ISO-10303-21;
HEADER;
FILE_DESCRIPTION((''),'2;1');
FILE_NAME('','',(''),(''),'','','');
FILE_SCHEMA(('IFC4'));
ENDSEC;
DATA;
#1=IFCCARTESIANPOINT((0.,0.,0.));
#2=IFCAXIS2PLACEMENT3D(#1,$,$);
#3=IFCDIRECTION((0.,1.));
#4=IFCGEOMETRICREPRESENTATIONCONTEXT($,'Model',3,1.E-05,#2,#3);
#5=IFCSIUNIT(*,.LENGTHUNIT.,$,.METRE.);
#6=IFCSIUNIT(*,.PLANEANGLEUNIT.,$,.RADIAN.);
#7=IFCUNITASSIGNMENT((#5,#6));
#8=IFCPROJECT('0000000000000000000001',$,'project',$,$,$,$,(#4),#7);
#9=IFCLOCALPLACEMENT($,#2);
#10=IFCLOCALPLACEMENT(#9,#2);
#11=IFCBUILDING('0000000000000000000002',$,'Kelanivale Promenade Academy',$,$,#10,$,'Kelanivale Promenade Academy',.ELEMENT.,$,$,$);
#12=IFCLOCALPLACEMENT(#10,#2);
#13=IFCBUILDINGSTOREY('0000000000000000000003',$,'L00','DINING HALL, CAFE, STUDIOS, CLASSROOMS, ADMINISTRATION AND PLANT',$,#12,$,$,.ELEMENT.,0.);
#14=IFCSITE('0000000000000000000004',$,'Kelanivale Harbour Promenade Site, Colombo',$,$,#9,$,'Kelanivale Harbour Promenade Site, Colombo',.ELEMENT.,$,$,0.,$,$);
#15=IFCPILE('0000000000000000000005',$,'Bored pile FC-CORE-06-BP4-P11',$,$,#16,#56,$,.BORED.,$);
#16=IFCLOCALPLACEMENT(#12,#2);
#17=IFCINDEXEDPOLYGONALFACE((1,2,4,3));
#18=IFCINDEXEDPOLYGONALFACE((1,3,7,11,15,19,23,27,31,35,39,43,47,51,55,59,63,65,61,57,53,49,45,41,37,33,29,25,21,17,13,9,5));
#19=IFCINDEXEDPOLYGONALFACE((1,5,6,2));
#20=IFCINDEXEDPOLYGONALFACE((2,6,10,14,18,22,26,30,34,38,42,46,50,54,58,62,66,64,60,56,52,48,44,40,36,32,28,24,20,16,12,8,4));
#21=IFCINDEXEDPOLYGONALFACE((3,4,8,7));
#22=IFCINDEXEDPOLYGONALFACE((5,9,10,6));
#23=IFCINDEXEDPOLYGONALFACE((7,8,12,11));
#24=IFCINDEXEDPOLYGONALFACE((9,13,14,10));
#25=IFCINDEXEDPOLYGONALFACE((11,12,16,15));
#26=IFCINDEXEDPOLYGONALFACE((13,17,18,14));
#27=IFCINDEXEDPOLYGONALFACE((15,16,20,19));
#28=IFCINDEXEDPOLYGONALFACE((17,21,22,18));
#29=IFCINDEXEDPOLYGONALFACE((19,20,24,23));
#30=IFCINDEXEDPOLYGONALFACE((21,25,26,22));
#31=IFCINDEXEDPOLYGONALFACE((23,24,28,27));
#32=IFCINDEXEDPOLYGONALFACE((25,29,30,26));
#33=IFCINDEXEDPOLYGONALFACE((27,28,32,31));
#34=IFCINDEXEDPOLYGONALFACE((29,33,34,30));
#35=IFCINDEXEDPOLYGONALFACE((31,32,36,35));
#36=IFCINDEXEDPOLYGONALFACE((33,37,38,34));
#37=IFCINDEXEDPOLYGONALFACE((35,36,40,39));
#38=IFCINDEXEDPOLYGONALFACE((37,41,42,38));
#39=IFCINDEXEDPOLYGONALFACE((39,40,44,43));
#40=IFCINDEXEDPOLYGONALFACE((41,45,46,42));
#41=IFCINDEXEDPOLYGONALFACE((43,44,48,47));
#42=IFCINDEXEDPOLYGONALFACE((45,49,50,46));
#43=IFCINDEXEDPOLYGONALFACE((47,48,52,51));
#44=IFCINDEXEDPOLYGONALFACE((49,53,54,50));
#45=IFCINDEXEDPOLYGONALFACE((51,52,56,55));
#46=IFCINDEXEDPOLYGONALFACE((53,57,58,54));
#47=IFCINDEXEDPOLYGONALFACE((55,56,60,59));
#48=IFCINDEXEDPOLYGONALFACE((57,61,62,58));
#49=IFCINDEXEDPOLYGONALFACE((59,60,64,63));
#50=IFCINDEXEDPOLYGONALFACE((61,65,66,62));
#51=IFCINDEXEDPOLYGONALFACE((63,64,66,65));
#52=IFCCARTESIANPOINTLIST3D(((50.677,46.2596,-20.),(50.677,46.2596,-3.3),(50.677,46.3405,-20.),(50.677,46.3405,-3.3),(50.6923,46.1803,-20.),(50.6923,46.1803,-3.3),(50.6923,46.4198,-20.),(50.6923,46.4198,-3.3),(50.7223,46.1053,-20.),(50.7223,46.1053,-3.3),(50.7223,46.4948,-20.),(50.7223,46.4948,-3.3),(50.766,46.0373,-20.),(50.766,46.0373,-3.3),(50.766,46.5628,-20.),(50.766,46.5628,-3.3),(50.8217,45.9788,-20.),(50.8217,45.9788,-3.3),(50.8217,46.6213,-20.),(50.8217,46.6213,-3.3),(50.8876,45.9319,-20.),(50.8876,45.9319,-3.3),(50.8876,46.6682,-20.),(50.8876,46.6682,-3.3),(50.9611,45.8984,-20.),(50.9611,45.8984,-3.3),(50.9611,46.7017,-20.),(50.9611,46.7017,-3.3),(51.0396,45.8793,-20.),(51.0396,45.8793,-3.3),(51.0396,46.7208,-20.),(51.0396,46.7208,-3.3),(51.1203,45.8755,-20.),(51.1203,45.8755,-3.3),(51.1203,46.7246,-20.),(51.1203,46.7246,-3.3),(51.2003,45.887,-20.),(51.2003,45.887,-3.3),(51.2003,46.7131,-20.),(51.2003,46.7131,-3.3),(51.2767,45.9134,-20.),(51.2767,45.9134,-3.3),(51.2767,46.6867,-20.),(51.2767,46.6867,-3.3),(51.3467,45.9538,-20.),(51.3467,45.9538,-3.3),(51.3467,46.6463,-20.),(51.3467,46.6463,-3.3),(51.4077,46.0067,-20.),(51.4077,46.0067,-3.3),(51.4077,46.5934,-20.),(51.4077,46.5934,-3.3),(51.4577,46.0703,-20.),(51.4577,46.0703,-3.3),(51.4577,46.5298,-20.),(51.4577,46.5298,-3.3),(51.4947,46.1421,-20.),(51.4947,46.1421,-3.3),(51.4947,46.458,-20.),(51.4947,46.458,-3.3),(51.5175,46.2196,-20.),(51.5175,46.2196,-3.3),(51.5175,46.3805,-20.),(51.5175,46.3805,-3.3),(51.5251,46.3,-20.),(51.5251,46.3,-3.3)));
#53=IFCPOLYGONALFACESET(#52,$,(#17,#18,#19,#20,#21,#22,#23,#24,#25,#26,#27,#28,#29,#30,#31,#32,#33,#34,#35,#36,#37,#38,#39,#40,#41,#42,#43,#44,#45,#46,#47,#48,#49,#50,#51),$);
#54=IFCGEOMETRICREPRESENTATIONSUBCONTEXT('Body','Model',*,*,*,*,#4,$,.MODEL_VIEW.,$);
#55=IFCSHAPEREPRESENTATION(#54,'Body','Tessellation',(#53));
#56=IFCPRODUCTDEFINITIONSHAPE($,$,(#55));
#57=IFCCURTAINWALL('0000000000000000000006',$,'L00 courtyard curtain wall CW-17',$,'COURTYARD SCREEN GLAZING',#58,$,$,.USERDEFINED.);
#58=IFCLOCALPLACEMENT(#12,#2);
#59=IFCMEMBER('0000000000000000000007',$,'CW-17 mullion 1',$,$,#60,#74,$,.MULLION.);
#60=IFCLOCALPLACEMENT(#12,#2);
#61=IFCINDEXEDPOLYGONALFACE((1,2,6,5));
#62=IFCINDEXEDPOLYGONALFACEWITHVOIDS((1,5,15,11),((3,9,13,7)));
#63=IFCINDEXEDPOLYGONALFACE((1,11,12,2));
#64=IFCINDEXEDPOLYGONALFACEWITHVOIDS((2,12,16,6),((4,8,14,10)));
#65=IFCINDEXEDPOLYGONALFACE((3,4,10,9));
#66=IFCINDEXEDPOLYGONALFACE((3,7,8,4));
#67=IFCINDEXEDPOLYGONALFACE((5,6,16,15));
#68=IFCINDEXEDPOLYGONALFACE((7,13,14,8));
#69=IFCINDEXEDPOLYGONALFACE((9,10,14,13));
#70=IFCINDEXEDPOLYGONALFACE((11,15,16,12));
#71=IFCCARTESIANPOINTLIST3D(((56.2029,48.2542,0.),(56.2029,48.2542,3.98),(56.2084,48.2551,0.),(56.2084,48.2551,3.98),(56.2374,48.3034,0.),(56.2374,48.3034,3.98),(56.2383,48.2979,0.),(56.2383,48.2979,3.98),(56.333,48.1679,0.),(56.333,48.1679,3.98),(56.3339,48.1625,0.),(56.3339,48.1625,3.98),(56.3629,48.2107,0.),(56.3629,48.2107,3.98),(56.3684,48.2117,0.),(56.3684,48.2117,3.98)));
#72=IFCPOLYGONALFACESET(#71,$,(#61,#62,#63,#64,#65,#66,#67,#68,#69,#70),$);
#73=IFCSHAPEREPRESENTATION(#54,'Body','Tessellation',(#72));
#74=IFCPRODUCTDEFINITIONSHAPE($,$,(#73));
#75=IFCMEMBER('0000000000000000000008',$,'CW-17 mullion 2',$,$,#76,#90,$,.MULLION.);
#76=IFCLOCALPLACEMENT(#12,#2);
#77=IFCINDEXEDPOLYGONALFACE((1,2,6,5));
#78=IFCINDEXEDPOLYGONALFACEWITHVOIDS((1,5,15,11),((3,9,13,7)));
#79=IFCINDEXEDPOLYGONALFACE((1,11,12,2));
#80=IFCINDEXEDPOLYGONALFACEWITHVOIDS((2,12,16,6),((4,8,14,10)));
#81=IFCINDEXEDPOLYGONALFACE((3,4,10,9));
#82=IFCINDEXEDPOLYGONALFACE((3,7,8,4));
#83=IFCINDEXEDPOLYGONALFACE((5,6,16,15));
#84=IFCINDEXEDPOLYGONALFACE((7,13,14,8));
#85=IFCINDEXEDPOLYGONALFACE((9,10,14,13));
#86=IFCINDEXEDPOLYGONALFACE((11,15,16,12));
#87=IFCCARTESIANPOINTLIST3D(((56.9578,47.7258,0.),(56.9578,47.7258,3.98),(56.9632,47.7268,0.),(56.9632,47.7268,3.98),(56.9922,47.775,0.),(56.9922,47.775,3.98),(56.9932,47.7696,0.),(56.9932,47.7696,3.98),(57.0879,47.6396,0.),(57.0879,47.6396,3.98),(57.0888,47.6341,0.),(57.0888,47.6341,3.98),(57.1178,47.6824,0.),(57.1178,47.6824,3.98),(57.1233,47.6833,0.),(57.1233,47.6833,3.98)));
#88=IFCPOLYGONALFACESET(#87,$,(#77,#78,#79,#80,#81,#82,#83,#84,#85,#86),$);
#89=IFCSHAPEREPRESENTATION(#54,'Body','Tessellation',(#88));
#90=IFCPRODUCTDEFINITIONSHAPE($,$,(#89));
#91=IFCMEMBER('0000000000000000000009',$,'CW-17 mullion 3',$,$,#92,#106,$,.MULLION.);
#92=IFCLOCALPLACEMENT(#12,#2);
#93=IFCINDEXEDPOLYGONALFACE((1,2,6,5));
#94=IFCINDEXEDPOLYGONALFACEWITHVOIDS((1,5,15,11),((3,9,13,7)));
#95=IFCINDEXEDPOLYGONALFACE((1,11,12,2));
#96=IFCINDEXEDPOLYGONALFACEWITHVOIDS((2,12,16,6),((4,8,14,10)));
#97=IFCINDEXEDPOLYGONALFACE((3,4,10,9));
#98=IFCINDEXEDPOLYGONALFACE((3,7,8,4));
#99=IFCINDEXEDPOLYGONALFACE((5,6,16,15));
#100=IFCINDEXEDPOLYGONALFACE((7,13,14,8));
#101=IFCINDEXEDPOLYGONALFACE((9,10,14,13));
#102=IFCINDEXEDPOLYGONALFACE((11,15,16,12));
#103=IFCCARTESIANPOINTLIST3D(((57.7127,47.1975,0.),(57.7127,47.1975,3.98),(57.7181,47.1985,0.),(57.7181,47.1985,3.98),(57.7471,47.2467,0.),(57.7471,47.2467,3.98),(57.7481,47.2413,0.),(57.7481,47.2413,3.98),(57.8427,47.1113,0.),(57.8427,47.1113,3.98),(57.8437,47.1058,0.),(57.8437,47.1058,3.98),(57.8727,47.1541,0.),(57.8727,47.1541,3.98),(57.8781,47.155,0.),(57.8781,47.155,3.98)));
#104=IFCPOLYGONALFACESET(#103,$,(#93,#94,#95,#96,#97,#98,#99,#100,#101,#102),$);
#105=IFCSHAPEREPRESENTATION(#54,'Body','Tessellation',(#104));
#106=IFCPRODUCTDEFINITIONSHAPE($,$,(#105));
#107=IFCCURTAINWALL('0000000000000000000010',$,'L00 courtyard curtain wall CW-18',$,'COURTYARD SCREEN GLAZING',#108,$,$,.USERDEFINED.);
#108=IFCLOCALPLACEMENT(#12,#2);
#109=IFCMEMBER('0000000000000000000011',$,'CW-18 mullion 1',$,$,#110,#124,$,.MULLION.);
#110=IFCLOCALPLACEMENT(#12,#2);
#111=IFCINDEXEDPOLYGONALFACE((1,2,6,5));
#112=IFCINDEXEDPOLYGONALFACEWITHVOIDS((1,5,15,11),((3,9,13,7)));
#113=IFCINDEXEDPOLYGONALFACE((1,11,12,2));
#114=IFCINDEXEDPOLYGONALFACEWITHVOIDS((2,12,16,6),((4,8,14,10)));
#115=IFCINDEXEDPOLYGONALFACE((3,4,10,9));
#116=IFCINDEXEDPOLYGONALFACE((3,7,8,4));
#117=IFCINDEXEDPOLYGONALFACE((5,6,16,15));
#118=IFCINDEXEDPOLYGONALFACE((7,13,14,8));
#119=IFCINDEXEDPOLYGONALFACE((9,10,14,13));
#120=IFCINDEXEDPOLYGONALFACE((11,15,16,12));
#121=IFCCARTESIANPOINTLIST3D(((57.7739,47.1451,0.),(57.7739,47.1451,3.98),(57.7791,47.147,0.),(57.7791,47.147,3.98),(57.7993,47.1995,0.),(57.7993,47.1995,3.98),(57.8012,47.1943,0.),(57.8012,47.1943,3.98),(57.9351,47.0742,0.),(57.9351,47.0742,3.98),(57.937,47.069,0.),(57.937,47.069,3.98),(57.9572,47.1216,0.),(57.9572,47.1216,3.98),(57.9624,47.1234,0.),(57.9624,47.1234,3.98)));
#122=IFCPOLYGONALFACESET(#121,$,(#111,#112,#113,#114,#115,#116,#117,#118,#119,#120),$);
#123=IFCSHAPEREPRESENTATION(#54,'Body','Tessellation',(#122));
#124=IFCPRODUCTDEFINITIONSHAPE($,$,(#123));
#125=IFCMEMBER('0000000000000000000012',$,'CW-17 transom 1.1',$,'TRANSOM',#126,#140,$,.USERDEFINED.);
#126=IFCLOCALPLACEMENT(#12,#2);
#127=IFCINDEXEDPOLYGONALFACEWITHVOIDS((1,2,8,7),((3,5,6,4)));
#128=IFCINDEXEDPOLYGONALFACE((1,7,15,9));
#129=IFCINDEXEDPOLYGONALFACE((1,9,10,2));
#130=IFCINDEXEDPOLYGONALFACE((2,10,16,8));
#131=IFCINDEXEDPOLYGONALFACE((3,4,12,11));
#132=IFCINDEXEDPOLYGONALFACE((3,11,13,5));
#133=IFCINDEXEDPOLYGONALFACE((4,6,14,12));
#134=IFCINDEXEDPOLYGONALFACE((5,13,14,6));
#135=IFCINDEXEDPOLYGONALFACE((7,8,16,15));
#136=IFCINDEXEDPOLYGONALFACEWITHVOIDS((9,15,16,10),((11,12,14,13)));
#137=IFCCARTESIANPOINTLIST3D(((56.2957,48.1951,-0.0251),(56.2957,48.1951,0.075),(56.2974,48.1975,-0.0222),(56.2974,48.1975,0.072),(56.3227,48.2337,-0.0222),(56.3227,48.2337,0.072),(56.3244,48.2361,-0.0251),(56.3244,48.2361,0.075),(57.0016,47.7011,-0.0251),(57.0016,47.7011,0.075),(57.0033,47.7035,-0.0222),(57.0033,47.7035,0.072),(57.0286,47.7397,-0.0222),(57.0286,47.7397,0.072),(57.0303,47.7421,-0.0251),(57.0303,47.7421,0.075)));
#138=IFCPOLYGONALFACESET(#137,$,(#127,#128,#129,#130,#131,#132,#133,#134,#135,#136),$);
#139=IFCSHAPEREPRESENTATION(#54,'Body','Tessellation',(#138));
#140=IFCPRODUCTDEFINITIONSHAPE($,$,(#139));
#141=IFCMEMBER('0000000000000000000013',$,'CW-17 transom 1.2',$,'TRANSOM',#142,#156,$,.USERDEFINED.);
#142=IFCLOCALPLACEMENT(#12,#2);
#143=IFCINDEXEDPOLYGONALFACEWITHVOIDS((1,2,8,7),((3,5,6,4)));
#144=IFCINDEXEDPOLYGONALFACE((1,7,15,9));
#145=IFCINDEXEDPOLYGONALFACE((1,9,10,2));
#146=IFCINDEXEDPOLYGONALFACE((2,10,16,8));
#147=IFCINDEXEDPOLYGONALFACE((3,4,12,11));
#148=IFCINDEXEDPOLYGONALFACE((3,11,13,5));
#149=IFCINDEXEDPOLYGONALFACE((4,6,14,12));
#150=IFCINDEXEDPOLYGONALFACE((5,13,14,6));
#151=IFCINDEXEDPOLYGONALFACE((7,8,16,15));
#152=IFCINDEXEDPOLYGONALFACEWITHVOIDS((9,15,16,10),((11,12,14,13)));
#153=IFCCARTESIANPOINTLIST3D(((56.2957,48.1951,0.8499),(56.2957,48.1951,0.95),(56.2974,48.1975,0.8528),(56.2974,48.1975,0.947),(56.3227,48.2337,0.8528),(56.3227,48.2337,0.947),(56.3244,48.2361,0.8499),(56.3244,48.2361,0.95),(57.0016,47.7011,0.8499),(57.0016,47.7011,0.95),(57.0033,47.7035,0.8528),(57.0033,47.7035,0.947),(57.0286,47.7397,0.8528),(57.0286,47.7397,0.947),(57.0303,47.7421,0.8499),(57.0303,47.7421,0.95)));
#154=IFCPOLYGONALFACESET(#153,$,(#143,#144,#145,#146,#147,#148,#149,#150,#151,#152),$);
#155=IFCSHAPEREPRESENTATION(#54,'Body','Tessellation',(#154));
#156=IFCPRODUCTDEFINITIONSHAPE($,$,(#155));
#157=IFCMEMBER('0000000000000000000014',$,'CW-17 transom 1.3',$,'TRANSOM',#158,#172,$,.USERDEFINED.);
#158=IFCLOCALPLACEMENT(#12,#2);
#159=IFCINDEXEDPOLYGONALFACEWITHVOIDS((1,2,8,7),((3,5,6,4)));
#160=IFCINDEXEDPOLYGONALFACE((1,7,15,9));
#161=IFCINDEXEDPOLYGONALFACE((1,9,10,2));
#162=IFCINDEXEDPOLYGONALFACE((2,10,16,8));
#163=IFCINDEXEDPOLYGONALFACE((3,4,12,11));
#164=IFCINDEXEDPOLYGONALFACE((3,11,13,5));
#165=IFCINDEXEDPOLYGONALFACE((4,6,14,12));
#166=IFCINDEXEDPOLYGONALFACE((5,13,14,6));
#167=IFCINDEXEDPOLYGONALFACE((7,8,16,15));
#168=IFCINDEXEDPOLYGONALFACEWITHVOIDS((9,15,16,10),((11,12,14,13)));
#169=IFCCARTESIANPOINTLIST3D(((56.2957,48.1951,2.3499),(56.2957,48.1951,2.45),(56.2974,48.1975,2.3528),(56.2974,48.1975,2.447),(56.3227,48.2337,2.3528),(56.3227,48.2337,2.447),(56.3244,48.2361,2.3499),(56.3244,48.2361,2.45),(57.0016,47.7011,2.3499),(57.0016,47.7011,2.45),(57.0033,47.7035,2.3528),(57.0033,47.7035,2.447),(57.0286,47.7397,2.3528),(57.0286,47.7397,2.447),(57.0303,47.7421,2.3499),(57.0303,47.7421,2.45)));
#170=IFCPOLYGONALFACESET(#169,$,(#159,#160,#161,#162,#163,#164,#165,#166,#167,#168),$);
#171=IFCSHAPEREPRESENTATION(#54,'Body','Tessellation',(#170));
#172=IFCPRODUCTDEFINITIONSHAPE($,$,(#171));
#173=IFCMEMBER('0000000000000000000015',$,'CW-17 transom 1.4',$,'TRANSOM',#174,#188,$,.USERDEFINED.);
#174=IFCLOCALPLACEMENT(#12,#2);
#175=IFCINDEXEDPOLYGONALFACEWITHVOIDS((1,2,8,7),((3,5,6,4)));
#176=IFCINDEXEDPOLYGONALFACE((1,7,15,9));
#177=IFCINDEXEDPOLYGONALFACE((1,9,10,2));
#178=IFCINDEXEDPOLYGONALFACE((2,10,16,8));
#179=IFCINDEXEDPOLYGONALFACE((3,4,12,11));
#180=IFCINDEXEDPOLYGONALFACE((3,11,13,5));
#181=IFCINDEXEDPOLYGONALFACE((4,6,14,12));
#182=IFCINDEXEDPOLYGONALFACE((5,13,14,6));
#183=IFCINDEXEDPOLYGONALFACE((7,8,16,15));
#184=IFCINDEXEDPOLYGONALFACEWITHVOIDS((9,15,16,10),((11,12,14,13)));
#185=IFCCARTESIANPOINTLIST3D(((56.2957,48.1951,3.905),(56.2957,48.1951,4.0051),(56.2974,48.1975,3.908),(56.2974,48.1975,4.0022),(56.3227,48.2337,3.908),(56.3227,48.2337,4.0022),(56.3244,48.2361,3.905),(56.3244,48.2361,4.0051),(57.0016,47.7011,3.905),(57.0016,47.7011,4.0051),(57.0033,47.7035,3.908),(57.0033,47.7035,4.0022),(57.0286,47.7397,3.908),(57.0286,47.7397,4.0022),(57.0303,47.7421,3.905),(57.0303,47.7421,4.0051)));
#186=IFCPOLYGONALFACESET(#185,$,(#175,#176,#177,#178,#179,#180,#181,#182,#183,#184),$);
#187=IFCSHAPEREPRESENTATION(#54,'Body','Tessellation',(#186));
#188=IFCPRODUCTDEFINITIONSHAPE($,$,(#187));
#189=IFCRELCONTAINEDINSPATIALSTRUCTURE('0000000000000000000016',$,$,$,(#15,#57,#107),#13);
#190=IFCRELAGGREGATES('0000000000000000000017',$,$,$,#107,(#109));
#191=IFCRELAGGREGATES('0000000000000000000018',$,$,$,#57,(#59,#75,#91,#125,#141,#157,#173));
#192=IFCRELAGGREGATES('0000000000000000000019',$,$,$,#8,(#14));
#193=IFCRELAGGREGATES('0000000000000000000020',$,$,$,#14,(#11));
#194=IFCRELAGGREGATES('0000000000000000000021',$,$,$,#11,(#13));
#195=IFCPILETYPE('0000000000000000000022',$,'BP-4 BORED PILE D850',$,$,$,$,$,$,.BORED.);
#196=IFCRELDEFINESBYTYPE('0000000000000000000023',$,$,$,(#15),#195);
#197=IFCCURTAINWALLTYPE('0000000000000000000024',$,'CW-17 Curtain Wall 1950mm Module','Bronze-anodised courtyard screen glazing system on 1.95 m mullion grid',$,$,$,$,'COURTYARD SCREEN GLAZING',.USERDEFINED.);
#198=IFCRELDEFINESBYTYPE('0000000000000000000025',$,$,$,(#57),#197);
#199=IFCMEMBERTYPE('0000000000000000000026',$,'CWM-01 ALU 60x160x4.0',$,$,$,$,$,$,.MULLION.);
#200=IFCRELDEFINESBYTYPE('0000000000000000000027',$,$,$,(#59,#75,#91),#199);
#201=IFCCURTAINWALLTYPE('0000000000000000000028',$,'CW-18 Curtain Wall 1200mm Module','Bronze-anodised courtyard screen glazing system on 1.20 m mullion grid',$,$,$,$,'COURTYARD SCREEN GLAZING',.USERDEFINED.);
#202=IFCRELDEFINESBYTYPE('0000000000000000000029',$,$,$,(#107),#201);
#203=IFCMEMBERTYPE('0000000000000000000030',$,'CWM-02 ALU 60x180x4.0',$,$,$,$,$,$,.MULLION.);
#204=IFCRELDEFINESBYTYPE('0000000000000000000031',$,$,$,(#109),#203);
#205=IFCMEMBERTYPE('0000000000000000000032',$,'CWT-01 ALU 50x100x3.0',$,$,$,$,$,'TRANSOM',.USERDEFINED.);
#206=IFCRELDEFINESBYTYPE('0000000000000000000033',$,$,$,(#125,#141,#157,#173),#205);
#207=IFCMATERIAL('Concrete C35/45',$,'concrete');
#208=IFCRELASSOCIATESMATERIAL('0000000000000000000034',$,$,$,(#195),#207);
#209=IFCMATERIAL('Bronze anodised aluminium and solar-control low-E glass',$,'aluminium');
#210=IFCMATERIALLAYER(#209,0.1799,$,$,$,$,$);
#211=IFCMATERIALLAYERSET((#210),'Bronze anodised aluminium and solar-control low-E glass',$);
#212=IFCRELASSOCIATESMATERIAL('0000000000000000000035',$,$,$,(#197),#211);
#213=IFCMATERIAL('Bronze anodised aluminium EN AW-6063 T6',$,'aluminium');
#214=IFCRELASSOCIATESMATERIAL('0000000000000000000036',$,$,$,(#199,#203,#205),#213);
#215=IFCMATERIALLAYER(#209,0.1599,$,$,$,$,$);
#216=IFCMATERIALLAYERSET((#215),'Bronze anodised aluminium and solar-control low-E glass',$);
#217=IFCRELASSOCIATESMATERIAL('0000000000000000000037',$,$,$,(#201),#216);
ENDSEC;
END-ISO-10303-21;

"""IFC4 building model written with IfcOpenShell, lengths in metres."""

from ifc_helpers import new_model, si_unit, direction, frame, origin, origin_2d, place, context, subcontext, project, spatial, hollow_rectangle, circle, extrude, material, layer, layer_set, material_profile, profile_set, type_object, element, aggregate, save


model = new_model("IFC4")

# Units and contexts
model_context = context("Model", 3, precision=1e-05, world=origin(), true_north=direction((0.0, 1.0)))
body_context = subcontext(model_context, "Body", "Model", "MODEL_VIEW")
ifc_project = project(units=[si_unit("LENGTHUNIT", "METRE"), si_unit("PLANEANGLEUNIT", "RADIAN")], contexts=[model_context])

# Site, building, storey
site_placement = place(None, origin())
site = spatial("IfcSite", under=ifc_project, at=site_placement, Name="Kelanivale Harbour Promenade Site, Colombo", LongName="Kelanivale Harbour Promenade Site, Colombo", CompositionType="ELEMENT", RefElevation=0.0)
building_placement = place(site_placement, origin())
building = spatial("IfcBuilding", under=site, at=building_placement, Name="Kelanivale Promenade Academy", LongName="Kelanivale Promenade Academy", CompositionType="ELEMENT")
storey_placement = place(building_placement, origin())
storey = spatial("IfcBuildingStorey", under=building, at=storey_placement, Name="L00", Description="DINING HALL, CAFE, STUDIOS, CLASSROOMS, ADMINISTRATION AND PLANT", CompositionType="ELEMENT", Elevation=0.0)

# Pile
ifc_material_1 = material(Name="Concrete C35/45", Category="concrete")
ifc_material_profile_1 = material_profile(ifc_material_1, circle(Radius=0.425, at=origin_2d()), Name="BORED PILE D850")
ifc_profile_set_1 = profile_set([ifc_material_profile_1], Name="Concrete C35/45")
pile_type = type_object("IfcPileType", Name="BP-4 BORED PILE D850", PredefinedType="BORED", material=ifc_profile_set_1)
pile_placement = place(storey_placement, frame((51.1001, 46.3, -3.3), z_axis=(0.0, 0.0, -1.0), x_axis=(1.0, 0.0, 0.0)))
element("IfcPile", 1, at=pile_placement, inside=storey, type_object=pile_type, Name="Bored pile FC-CORE-06-BP4-P11", PredefinedType="BORED", context=body_context, shape_type="SweptSolid", body=[
    extrude(circle(Radius=0.425, at=origin_2d()), origin(), (0.0, 0.0, 1.0), 16.7),
])

# Curtain wall, members
ifc_material_2 = material(Name="Bronze anodised aluminium and solar-control low-E glass", Category="aluminium")
ifc_layer_1 = layer(ifc_material_2, 0.1799)
ifc_layer_set_1 = layer_set([ifc_layer_1], Name="Bronze anodised aluminium and solar-control low-E glass")
curtain_wall_type_1 = type_object("IfcCurtainWallType", Name="CW-17 Curtain Wall 1950mm Module", Description="Bronze-anodised courtyard screen glazing system on 1.95 m mullion grid", ElementType="COURTYARD SCREEN GLAZING", PredefinedType="USERDEFINED", material=ifc_layer_set_1)
curtain_wall_1_placement = place(storey_placement, origin())
curtain_wall_1 = element("IfcCurtainWall", 2, at=curtain_wall_1_placement, inside=storey, type_object=curtain_wall_type_1, Name="L00 courtyard curtain wall CW-17", ObjectType="COURTYARD SCREEN GLAZING", PredefinedType="USERDEFINED")
ifc_material_3 = material(Name="Bronze anodised aluminium EN AW-6063 T6", Category="aluminium")
ifc_material_profile_2 = material_profile(ifc_material_3, hollow_rectangle(XDim=0.0601, YDim=0.1599, WallThickness=0.0039, at=origin_2d()), Name="ALU 60x160x4.0")
ifc_profile_set_2 = profile_set([ifc_material_profile_2], Name="Bronze anodised aluminium EN AW-6063 T6")
member_type_1 = type_object("IfcMemberType", Name="CWM-01 ALU 60x160x4.0", PredefinedType="MULLION", material=ifc_profile_set_2)
member_1_placement = place(storey_placement, frame((56.2856, 48.2329, 0.0), z_axis=(0.0, 0.0, 1.0), x_axis=(0.573357, 0.819306, 0.0)))
member_1 = element("IfcMember", 3, at=member_1_placement, type_object=member_type_1, Name="CW-17 mullion 1", PredefinedType="MULLION", context=body_context, shape_type="SweptSolid", body=[
    extrude(hollow_rectangle(XDim=0.0601, YDim=0.1599, WallThickness=0.0039, at=origin_2d()), origin(), (0.0, 0.0, 1.0), 3.98),
])
member_2_placement = place(storey_placement, frame((57.0405, 47.7046, 0.0), z_axis=(0.0, 0.0, 1.0), x_axis=(0.573357, 0.819306, 0.0)))
member_2 = element("IfcMember", 4, at=member_2_placement, type_object=member_type_1, Name="CW-17 mullion 2", PredefinedType="MULLION", context=body_context, shape_type="SweptSolid", body=[
    extrude(hollow_rectangle(XDim=0.0601, YDim=0.1599, WallThickness=0.0039, at=origin_2d()), origin(), (0.0, 0.0, 1.0), 3.98),
])
member_3_placement = place(storey_placement, frame((57.7954, 47.1763, 0.0), z_axis=(0.0, 0.0, 1.0), x_axis=(0.573357, 0.819306, 0.0)))
member_3 = element("IfcMember", 5, at=member_3_placement, type_object=member_type_1, Name="CW-17 mullion 3", PredefinedType="MULLION", context=body_context, shape_type="SweptSolid", body=[
    extrude(hollow_rectangle(XDim=0.0601, YDim=0.1599, WallThickness=0.0039, at=origin_2d()), origin(), (0.0, 0.0, 1.0), 3.98),
])

# Curtain wall, member
ifc_layer_2 = layer(ifc_material_2, 0.1599)
ifc_layer_set_2 = layer_set([ifc_layer_2], Name="Bronze anodised aluminium and solar-control low-E glass")
curtain_wall_type_2 = type_object("IfcCurtainWallType", Name="CW-18 Curtain Wall 1200mm Module", Description="Bronze-anodised courtyard screen glazing system on 1.20 m mullion grid", ElementType="COURTYARD SCREEN GLAZING", PredefinedType="USERDEFINED", material=ifc_layer_set_2)
curtain_wall_2_placement = place(storey_placement, origin())
curtain_wall_2 = element("IfcCurtainWall", 6, at=curtain_wall_2_placement, inside=storey, type_object=curtain_wall_type_2, Name="L00 courtyard curtain wall CW-18", ObjectType="COURTYARD SCREEN GLAZING", PredefinedType="USERDEFINED")
ifc_material_profile_3 = material_profile(ifc_material_3, hollow_rectangle(XDim=0.0601, YDim=0.1799, WallThickness=0.0039, at=origin_2d()), Name="ALU 60x180x4.0")
ifc_profile_set_3 = profile_set([ifc_material_profile_3], Name="Bronze anodised aluminium EN AW-6063 T6")
member_type_2 = type_object("IfcMemberType", Name="CWM-02 ALU 60x180x4.0", PredefinedType="MULLION", material=ifc_profile_set_3)
member_4_placement = place(storey_placement, frame((57.8682, 47.1343, 0.0), z_axis=(0.0, 0.0, 1.0), x_axis=(0.422857, 0.906196, 0.0)))
member_4 = element("IfcMember", 7, at=member_4_placement, type_object=member_type_2, Name="CW-18 mullion 1", PredefinedType="MULLION", context=body_context, shape_type="SweptSolid", body=[
    extrude(hollow_rectangle(XDim=0.0601, YDim=0.1799, WallThickness=0.0039, at=origin_2d()), origin(), (0.0, 0.0, 1.0), 3.98),
])

# Members
ifc_material_profile_4 = material_profile(ifc_material_3, hollow_rectangle(XDim=0.05, YDim=0.1001, WallThickness=0.0029, at=origin_2d()), Name="ALU 50x100x3.0")
ifc_profile_set_4 = profile_set([ifc_material_profile_4], Name="Bronze anodised aluminium EN AW-6063 T6")
member_type_3 = type_object("IfcMemberType", Name="CWT-01 ALU 50x100x3.0", ElementType="TRANSOM", PredefinedType="USERDEFINED", material=ifc_profile_set_4)
member_5_placement = place(storey_placement, frame((56.3101, 48.2156, 0.0249), z_axis=(0.819325, -0.573329, 0.0), x_axis=(0.573329, 0.819325, 0.0)))
member_5 = element("IfcMember", 8, at=member_5_placement, type_object=member_type_3, Name="CW-17 transom 1.1", ObjectType="TRANSOM", PredefinedType="USERDEFINED", context=body_context, shape_type="SweptSolid", body=[
    extrude(hollow_rectangle(XDim=0.05, YDim=0.1001, WallThickness=0.0029, at=origin_2d()), origin(), (0.0, 0.0, 1.0), 0.8616),
])
member_6_placement = place(storey_placement, frame((56.3101, 48.2156, 0.8999), z_axis=(0.819325, -0.573329, 0.0), x_axis=(0.573329, 0.819325, 0.0)))
member_6 = element("IfcMember", 9, at=member_6_placement, type_object=member_type_3, Name="CW-17 transom 1.2", ObjectType="TRANSOM", PredefinedType="USERDEFINED", context=body_context, shape_type="SweptSolid", body=[
    extrude(hollow_rectangle(XDim=0.05, YDim=0.1001, WallThickness=0.0029, at=origin_2d()), origin(), (0.0, 0.0, 1.0), 0.8616),
])
member_7_placement = place(storey_placement, frame((56.3101, 48.2156, 2.3999), z_axis=(0.819325, -0.573329, 0.0), x_axis=(0.573329, 0.819325, 0.0)))
member_7 = element("IfcMember", 10, at=member_7_placement, type_object=member_type_3, Name="CW-17 transom 1.3", ObjectType="TRANSOM", PredefinedType="USERDEFINED", context=body_context, shape_type="SweptSolid", body=[
    extrude(hollow_rectangle(XDim=0.05, YDim=0.1001, WallThickness=0.0029, at=origin_2d()), origin(), (0.0, 0.0, 1.0), 0.8616),
])
member_8_placement = place(storey_placement, frame((56.3101, 48.2156, 3.9551), z_axis=(0.819325, -0.573329, 0.0), x_axis=(0.573329, 0.819325, 0.0)))
member_8 = element("IfcMember", 11, at=member_8_placement, type_object=member_type_3, Name="CW-17 transom 1.4", ObjectType="TRANSOM", PredefinedType="USERDEFINED", context=body_context, shape_type="SweptSolid", body=[
    extrude(hollow_rectangle(XDim=0.05, YDim=0.1001, WallThickness=0.0029, at=origin_2d()), origin(), (0.0, 0.0, 1.0), 0.8616),
])
aggregate(curtain_wall_2, [member_4])

aggregate(curtain_wall_1, [member_1, member_2, member_3, member_5, member_6, member_7, member_8])

save(model, "model.ifc")
